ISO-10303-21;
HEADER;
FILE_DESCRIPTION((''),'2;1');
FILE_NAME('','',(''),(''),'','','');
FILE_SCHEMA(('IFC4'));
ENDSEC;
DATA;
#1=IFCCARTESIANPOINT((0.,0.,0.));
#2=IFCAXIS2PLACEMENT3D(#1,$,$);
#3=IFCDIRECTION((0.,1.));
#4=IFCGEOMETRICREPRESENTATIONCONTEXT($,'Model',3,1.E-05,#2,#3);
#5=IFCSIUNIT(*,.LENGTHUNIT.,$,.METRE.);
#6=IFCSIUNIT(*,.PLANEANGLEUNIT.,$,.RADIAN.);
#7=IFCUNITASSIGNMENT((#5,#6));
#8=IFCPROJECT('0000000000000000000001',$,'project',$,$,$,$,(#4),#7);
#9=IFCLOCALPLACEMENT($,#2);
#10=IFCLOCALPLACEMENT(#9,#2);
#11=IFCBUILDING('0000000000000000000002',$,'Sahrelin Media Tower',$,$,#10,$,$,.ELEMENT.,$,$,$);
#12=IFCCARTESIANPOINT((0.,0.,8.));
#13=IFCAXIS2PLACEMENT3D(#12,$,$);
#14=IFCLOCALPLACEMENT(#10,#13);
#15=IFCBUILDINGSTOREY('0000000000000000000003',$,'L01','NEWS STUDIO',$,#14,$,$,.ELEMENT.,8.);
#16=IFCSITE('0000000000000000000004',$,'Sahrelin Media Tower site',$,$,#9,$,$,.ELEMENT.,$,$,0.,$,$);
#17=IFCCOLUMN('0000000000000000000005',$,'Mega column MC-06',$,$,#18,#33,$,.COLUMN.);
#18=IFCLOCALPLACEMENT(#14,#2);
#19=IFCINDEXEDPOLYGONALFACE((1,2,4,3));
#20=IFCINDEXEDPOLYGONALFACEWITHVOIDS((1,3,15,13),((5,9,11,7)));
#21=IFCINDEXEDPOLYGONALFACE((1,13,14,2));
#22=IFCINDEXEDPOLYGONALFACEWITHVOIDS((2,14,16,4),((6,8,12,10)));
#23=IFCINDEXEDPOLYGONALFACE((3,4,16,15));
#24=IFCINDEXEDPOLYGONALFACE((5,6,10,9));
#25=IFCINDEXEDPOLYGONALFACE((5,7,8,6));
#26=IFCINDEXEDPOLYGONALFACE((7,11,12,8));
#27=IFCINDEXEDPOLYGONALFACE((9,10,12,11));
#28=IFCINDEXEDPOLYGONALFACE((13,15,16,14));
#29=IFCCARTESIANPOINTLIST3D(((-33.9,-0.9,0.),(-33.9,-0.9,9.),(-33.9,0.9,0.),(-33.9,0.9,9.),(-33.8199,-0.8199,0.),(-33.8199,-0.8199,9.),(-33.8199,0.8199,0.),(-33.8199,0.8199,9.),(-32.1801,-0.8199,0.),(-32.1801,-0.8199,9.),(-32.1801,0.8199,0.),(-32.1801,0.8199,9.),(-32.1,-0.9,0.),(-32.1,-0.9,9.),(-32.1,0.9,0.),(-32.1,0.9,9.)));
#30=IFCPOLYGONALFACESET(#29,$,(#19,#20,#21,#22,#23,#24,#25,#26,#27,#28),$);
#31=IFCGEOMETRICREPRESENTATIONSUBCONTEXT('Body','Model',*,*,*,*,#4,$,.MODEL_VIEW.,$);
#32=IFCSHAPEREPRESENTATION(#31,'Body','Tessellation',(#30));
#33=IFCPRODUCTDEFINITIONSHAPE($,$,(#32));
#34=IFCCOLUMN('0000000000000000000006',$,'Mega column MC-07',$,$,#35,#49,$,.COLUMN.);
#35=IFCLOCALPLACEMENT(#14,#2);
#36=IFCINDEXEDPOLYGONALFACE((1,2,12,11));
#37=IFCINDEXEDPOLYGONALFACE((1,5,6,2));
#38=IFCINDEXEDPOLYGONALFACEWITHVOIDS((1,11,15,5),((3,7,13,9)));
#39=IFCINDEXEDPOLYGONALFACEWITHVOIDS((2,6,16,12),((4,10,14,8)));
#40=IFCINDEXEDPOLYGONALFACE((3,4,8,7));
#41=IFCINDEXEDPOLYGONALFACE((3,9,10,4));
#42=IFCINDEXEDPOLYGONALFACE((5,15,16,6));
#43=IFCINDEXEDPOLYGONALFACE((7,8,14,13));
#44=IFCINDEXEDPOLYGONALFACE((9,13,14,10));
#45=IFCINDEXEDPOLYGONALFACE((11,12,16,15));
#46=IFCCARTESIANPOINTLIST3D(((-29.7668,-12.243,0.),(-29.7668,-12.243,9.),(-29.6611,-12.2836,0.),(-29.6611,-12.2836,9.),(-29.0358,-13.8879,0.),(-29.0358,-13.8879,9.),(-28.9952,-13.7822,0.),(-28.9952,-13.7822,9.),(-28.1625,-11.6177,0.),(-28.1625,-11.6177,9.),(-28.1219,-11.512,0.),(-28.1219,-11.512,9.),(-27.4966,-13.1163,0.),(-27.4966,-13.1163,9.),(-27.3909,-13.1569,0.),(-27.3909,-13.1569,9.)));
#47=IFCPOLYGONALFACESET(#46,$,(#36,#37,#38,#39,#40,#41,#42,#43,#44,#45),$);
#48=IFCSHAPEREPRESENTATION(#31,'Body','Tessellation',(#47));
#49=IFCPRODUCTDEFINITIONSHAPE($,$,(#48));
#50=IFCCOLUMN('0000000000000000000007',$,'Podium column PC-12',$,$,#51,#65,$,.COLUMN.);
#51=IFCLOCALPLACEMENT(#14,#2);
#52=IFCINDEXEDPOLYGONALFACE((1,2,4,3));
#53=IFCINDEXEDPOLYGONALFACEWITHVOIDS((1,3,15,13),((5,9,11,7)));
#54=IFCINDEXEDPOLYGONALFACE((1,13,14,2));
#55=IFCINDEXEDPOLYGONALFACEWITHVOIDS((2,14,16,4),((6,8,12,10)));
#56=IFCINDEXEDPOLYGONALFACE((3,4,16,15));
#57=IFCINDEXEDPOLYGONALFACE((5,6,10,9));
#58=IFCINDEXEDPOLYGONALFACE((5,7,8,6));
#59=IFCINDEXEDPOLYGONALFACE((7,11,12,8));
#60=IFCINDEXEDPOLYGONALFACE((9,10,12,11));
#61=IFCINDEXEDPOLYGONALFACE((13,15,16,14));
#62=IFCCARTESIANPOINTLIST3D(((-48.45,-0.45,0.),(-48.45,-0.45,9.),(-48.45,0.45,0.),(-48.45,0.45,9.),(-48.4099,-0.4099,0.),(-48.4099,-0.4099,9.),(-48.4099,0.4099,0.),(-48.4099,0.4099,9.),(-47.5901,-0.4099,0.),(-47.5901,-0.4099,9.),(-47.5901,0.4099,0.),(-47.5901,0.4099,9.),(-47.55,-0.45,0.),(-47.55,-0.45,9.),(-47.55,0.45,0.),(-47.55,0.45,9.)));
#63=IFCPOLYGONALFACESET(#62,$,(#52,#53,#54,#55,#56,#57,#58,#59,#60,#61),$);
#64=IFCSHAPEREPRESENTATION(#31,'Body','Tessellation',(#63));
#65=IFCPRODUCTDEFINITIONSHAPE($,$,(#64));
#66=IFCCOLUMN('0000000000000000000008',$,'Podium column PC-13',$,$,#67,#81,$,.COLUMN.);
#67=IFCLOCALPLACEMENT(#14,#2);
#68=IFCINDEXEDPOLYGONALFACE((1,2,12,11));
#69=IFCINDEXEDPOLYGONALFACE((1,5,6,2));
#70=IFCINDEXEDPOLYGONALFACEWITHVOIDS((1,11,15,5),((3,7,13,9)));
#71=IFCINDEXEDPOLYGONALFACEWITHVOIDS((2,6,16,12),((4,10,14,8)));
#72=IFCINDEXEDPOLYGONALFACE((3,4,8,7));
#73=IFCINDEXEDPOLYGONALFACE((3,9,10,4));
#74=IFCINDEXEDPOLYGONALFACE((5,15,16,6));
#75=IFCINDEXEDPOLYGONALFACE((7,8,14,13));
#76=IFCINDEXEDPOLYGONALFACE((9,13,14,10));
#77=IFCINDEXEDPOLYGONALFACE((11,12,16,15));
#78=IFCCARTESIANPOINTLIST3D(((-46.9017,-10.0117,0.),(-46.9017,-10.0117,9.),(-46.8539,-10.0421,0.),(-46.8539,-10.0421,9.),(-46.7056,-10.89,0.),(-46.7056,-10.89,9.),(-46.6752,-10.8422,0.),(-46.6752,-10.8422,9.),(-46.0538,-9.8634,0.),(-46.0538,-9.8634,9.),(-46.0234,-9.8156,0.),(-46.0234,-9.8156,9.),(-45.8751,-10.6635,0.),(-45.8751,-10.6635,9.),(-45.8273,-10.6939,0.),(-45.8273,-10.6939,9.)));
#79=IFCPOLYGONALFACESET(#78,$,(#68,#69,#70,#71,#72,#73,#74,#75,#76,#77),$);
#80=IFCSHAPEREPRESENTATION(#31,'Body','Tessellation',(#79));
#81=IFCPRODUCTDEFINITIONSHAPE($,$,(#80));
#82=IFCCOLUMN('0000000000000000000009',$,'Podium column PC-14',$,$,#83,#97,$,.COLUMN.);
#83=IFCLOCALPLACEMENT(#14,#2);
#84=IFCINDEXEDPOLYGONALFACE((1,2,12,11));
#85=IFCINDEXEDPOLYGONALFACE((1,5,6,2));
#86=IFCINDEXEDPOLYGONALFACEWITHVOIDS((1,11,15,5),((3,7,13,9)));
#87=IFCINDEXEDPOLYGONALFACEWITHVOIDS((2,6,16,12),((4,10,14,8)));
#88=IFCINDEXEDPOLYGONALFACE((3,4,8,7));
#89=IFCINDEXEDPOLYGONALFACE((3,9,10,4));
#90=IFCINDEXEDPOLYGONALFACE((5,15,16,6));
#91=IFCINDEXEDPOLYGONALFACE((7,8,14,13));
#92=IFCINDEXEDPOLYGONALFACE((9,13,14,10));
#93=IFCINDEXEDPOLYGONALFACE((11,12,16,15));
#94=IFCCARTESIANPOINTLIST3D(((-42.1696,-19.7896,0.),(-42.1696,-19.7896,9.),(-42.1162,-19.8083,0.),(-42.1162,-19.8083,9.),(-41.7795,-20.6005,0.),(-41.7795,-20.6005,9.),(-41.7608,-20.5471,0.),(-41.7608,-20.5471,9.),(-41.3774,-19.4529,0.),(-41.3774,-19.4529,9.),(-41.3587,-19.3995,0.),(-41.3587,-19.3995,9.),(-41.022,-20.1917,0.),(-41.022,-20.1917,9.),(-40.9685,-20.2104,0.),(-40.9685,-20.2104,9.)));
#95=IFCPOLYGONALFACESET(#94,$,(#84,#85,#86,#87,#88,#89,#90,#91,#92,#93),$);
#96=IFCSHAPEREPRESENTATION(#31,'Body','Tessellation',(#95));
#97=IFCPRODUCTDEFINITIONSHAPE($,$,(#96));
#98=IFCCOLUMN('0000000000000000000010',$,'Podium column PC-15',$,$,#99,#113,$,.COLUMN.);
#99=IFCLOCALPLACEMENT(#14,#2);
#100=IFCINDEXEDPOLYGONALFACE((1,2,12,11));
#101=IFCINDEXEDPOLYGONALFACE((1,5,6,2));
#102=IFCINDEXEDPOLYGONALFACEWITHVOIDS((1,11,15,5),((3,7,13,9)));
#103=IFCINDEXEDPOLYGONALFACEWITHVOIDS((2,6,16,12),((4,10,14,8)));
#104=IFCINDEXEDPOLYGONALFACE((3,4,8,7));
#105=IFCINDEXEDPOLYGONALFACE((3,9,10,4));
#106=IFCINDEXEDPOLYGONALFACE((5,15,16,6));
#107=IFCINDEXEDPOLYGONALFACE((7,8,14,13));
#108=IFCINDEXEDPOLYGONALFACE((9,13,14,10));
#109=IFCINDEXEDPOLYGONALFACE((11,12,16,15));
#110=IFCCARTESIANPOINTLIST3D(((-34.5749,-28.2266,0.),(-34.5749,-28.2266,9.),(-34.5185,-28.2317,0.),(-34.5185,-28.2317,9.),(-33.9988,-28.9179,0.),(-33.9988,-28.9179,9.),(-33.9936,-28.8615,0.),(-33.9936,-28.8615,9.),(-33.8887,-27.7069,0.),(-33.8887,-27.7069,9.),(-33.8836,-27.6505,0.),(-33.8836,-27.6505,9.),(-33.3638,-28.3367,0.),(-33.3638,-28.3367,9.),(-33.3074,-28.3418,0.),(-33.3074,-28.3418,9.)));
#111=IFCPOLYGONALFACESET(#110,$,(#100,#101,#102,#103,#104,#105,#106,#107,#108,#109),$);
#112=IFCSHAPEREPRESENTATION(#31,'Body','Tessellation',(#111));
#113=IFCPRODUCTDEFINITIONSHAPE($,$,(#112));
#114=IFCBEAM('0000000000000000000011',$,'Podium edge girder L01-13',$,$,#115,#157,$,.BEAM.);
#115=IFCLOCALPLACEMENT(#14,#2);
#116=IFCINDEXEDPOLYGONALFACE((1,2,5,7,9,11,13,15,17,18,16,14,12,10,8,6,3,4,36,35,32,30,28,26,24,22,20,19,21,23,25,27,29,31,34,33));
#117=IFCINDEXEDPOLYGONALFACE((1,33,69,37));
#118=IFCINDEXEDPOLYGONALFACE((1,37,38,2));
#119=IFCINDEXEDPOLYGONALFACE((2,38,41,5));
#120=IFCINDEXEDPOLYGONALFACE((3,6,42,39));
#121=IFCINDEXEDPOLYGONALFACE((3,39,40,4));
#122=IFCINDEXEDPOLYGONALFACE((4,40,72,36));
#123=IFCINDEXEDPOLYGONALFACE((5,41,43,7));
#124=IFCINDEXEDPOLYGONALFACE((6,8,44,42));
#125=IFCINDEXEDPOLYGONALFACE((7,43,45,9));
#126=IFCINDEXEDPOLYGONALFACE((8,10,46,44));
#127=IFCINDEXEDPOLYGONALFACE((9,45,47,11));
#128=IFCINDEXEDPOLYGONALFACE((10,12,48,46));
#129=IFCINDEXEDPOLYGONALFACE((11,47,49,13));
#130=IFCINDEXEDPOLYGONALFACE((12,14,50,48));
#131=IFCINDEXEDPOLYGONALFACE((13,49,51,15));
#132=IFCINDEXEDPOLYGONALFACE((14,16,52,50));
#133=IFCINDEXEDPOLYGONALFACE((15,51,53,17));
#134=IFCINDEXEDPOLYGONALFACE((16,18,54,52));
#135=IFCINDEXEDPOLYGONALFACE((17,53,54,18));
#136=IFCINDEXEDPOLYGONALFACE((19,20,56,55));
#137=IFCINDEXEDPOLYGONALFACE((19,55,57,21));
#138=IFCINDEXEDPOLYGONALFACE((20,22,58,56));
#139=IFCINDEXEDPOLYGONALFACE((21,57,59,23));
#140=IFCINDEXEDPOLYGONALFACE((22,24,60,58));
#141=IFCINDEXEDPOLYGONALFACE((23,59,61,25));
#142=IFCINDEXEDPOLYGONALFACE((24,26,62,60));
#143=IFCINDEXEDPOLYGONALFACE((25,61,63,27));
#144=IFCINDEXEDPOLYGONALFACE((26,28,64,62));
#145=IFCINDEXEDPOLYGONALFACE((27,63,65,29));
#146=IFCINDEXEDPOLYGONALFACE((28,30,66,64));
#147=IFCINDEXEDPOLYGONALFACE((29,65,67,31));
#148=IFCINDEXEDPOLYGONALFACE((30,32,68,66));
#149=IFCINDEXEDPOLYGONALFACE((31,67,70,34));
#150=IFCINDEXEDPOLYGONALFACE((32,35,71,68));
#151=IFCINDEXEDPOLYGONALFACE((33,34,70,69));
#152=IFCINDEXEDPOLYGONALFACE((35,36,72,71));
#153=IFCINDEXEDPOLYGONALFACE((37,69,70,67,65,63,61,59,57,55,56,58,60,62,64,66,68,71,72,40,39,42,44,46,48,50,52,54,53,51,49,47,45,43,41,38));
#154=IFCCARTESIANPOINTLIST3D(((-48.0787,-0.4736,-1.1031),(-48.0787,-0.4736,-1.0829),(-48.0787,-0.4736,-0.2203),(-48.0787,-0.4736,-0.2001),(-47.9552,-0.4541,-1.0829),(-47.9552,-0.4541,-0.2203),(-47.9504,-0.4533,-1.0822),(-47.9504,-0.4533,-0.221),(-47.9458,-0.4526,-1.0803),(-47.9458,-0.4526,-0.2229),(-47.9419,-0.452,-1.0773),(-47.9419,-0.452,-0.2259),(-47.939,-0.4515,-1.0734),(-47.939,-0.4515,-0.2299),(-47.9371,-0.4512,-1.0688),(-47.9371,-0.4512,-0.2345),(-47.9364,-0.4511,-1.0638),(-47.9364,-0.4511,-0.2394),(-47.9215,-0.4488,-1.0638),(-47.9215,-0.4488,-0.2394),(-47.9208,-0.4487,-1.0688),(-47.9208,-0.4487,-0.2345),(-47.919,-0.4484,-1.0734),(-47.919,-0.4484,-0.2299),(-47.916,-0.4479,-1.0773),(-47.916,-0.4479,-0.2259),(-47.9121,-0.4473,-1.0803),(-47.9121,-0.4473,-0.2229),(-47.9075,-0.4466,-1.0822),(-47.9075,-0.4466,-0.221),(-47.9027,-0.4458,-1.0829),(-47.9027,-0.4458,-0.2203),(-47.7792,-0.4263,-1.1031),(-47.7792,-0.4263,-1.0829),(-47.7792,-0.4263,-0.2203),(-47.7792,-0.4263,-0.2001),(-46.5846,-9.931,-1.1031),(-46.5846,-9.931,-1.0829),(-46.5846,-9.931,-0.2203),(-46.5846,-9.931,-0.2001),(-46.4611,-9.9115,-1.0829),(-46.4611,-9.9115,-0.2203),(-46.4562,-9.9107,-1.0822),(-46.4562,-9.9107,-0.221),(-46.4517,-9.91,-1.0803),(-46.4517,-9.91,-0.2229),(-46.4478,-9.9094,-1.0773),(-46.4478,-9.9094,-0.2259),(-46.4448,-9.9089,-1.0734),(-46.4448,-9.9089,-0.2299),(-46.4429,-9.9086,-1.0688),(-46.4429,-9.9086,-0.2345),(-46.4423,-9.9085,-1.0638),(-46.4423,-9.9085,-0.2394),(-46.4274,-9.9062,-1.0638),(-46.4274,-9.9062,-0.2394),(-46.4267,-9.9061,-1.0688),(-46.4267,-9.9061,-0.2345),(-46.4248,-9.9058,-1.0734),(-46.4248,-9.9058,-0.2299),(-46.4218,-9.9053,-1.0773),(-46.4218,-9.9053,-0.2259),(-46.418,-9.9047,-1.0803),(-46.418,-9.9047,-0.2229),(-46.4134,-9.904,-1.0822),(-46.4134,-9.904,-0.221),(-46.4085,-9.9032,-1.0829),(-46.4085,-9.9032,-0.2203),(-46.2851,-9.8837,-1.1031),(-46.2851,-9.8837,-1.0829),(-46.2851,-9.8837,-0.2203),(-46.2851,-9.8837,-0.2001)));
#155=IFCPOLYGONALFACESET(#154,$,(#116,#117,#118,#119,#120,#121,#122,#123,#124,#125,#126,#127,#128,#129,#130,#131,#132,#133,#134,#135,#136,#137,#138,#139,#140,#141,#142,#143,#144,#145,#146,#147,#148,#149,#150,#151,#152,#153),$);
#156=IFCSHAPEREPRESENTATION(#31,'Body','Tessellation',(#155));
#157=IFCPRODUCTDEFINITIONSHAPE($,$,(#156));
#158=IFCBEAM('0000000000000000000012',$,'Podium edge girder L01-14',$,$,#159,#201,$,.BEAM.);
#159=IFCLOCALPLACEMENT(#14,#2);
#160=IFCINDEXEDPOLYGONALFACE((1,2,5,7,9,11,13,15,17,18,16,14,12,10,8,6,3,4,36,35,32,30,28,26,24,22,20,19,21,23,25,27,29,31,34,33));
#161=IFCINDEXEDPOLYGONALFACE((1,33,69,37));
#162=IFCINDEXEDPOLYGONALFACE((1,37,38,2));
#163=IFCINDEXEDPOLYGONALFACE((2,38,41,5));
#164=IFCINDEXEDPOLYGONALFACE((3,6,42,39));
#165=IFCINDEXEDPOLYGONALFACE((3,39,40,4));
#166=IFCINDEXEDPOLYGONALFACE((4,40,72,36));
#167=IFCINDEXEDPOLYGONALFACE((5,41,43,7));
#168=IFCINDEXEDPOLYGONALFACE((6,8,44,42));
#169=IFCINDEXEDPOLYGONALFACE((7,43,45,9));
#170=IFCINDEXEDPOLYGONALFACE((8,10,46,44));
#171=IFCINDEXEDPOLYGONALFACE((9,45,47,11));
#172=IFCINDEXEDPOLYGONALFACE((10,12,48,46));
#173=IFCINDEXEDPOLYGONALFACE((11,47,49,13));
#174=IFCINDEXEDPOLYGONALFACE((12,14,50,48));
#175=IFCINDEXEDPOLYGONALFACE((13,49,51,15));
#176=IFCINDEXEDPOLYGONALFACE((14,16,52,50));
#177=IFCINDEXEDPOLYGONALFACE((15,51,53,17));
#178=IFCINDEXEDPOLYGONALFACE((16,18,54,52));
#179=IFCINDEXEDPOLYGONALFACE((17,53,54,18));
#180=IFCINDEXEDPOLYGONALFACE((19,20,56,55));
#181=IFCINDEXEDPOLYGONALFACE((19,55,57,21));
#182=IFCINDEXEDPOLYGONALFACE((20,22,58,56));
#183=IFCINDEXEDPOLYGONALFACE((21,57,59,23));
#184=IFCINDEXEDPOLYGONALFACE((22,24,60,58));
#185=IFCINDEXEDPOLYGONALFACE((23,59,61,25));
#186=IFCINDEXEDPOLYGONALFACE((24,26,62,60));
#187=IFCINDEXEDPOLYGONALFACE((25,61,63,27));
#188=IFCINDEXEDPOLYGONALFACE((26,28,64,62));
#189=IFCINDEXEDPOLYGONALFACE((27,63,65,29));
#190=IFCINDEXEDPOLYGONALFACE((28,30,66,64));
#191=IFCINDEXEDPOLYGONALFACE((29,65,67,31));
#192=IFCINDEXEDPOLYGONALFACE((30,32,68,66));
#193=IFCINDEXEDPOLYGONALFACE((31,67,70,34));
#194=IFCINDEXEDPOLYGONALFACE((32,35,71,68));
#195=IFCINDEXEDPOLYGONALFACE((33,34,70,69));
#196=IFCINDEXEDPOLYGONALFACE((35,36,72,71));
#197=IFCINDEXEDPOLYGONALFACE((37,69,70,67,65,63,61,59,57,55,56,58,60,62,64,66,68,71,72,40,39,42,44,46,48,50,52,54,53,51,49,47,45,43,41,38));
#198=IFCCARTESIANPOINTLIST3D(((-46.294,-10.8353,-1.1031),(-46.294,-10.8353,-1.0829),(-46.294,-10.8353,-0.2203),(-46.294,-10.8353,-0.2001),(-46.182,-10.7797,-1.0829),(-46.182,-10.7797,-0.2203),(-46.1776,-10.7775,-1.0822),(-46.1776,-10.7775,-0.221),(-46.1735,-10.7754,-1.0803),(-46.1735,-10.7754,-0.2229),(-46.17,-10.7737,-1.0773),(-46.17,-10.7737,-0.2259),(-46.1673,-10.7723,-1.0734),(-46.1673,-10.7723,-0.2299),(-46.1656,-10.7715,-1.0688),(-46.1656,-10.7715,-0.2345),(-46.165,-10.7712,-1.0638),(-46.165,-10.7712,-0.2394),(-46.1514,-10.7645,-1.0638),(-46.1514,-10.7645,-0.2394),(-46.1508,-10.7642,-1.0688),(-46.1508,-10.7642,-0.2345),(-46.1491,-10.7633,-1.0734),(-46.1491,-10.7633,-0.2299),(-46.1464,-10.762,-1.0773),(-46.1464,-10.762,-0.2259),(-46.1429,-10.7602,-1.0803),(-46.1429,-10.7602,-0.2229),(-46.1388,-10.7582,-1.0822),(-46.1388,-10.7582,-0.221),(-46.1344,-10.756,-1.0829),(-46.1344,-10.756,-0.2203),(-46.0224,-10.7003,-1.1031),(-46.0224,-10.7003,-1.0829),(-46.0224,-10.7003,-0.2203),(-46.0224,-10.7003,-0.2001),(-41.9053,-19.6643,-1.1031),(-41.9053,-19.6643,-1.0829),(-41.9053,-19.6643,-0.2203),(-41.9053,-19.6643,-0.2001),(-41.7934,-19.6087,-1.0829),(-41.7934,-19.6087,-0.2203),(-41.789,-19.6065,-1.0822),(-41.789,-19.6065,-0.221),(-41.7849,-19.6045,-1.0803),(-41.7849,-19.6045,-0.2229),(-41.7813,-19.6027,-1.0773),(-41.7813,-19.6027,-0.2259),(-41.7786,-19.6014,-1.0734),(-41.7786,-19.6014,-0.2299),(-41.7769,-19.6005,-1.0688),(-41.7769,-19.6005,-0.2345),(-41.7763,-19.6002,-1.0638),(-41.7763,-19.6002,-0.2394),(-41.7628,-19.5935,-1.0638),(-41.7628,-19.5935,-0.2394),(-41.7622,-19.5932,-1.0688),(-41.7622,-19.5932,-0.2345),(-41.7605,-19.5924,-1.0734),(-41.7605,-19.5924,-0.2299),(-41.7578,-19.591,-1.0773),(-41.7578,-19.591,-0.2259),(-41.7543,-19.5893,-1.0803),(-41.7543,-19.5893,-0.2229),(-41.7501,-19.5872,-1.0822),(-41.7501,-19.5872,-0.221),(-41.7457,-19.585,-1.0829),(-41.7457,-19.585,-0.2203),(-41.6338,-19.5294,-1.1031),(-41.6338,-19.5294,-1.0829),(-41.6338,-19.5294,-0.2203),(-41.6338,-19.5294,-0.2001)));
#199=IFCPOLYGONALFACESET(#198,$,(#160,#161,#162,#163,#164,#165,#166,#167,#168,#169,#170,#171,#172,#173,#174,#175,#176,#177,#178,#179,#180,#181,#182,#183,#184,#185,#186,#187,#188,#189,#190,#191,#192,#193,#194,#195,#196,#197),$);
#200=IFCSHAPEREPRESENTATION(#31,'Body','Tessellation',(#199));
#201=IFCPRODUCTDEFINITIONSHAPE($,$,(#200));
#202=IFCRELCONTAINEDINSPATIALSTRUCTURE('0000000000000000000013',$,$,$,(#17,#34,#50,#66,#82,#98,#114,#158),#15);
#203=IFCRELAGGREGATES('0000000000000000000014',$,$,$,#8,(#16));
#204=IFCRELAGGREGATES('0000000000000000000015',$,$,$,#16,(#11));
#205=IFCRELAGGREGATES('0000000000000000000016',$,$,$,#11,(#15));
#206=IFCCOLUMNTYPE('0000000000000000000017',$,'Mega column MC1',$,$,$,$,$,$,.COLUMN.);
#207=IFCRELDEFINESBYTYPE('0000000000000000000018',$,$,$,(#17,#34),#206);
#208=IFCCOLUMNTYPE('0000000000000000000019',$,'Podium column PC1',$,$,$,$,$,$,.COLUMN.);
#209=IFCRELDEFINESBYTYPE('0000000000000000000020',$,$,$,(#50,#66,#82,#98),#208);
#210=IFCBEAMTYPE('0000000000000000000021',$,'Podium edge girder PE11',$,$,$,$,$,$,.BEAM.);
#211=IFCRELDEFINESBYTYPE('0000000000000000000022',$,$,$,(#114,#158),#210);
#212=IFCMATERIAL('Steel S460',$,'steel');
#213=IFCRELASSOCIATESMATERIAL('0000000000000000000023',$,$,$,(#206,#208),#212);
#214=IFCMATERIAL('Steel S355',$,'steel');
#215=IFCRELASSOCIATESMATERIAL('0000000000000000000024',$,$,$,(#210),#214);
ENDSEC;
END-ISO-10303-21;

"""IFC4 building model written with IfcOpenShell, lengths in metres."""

from ifc_helpers import new_model, si_unit, direction, frame, origin, origin_2d, place, context, subcontext, project, spatial, hollow_rectangle, i_section, extrude, material, material_profile, profile_set, type_object, element, save


model = new_model("IFC4")

# Units and contexts
model_context = context("Model", 3, precision=1e-05, world=origin(), true_north=direction((0.0, 1.0)))
body_context = subcontext(model_context, "Body", "Model", "MODEL_VIEW")
ifc_project = project(units=[si_unit("LENGTHUNIT", "METRE"), si_unit("PLANEANGLEUNIT", "RADIAN")], contexts=[model_context])

# Site, building, storey
site_placement = place(None, origin())
site = spatial("IfcSite", under=ifc_project, at=site_placement, Name="Sahrelin Media Tower site", CompositionType="ELEMENT", RefElevation=0.0)
building_placement = place(site_placement, origin())
building = spatial("IfcBuilding", under=site, at=building_placement, Name="Sahrelin Media Tower", CompositionType="ELEMENT")
storey_placement = place(building_placement, frame((0.0, 0.0, 8.0)))
storey = spatial("IfcBuildingStorey", under=building, at=storey_placement, Name="L01", Description="NEWS STUDIO", CompositionType="ELEMENT", Elevation=8.0)

# Columns
ifc_material_1 = material(Name="Steel S460", Category="steel")
ifc_material_profile_1 = material_profile(ifc_material_1, hollow_rectangle(XDim=1.8, YDim=1.8, WallThickness=0.0801, at=origin_2d()), Name="Mega column MC1")
ifc_profile_set_1 = profile_set([ifc_material_profile_1], Name="Steel S460")
column_type_1 = type_object("IfcColumnType", Name="Mega column MC1", PredefinedType="COLUMN", material=ifc_profile_set_1)
for number, where, z_axis, x_axis, name in (
    (1, (-33.0, 0.0, 0.0), (0.0, 0.0, 1.0), (-1.0, 0.0, 0.0), "Mega column MC-06"),
    (2, (-28.5789, -12.7, 0.0), (0.0, 0.0, 1.0), (-0.913831, -0.406094, 0.0), "Mega column MC-07"),
):
    element("IfcColumn", number, at=place(storey_placement, frame(where, z_axis=z_axis, x_axis=x_axis)), inside=storey, type_object=column_type_1, Name=name, PredefinedType="COLUMN", context=body_context, shape_type="SweptSolid", body=[
        extrude(hollow_rectangle(XDim=1.8, YDim=1.8, WallThickness=0.0801, at=origin_2d()), origin(), (0.0, 0.0, 1.0), 9.0),
    ])
ifc_material_profile_2 = material_profile(ifc_material_1, hollow_rectangle(XDim=0.8999, YDim=0.8999, WallThickness=0.04, at=origin_2d()), Name="Podium column PC1")
ifc_profile_set_2 = profile_set([ifc_material_profile_2], Name="Steel S460")
column_type_2 = type_object("IfcColumnType", Name="Podium column PC1", PredefinedType="COLUMN", material=ifc_profile_set_2)
for number, where, z_axis, x_axis, name in (
    (3, (-48.0, 0.0, 0.0), (0.0, 0.0, 1.0), (-1.0, 0.0, 0.0), "Podium column PC-12"),
    (4, (-46.3645, -10.3528, 0.0), (0.0, 0.0, 1.0), (-0.975965, -0.217925, 0.0), "Podium column PC-13"),
    (5, (-41.5691, -20.0, 0.0), (0.0, 0.0, 1.0), (-0.901127, -0.433555, 0.0), "Podium column PC-14"),
    (6, (-33.9412, -28.2842, 0.0), (0.0, 0.0, 1.0), (-0.768221, -0.640185, 0.0), "Podium column PC-15"),
):
    element("IfcColumn", number, at=place(storey_placement, frame(where, z_axis=z_axis, x_axis=x_axis)), inside=storey, type_object=column_type_2, Name=name, PredefinedType="COLUMN", context=body_context, shape_type="SweptSolid", body=[
        extrude(hollow_rectangle(XDim=0.8999, YDim=0.8999, WallThickness=0.04, at=origin_2d()), origin(), (0.0, 0.0, 1.0), 9.0),
    ])

# Beams
ifc_material_2 = material(Name="Steel S355", Category="steel")
ifc_material_profile_3 = material_profile(ifc_material_2, i_section(OverallWidth=0.3032, OverallDepth=0.9031, WebThickness=0.0151, FlangeThickness=0.0203, FilletRadius=0.019, at=origin_2d()), Name="UB 914x305x201")
ifc_profile_set_3 = profile_set([ifc_material_profile_3], Name="Steel S355")
beam_type_1 = type_object("IfcBeamType", Name="Podium edge girder PE11", PredefinedType="BEAM", material=ifc_profile_set_3)
beam_1_placement = place(storey_placement, frame((-47.929, -0.45, -0.6516), z_axis=(0.156049, -0.987749, 0.0), x_axis=(0.987749, 0.156049, 0.0)))
element("IfcBeam", 7, at=beam_1_placement, inside=storey, type_object=beam_type_1, Name="Podium edge girder L01-13", PredefinedType="BEAM", context=body_context, shape_type="SweptSolid", body=[
    extrude(i_section(OverallWidth=0.3032, OverallDepth=0.9031, WebThickness=0.0151, FlangeThickness=0.0203, FilletRadius=0.019, at=origin_2d()), origin(), (0.0, 0.0, 1.0), 9.5747),
])
beam_2_placement = place(storey_placement, frame((-46.1582, -10.7678, -0.6516), z_axis=(0.445113, -0.895475, 0.0), x_axis=(0.895475, 0.445113, 0.0)))
element("IfcBeam", 8, at=beam_2_placement, inside=storey, type_object=beam_type_1, Name="Podium edge girder L01-14", PredefinedType="BEAM", context=body_context, shape_type="SweptSolid", body=[
    extrude(i_section(OverallWidth=0.3032, OverallDepth=0.9031, WebThickness=0.0151, FlangeThickness=0.0203, FilletRadius=0.019, at=origin_2d()), origin(), (0.0, 0.0, 1.0), 9.8596),
])

save(model, "model.ifc")
